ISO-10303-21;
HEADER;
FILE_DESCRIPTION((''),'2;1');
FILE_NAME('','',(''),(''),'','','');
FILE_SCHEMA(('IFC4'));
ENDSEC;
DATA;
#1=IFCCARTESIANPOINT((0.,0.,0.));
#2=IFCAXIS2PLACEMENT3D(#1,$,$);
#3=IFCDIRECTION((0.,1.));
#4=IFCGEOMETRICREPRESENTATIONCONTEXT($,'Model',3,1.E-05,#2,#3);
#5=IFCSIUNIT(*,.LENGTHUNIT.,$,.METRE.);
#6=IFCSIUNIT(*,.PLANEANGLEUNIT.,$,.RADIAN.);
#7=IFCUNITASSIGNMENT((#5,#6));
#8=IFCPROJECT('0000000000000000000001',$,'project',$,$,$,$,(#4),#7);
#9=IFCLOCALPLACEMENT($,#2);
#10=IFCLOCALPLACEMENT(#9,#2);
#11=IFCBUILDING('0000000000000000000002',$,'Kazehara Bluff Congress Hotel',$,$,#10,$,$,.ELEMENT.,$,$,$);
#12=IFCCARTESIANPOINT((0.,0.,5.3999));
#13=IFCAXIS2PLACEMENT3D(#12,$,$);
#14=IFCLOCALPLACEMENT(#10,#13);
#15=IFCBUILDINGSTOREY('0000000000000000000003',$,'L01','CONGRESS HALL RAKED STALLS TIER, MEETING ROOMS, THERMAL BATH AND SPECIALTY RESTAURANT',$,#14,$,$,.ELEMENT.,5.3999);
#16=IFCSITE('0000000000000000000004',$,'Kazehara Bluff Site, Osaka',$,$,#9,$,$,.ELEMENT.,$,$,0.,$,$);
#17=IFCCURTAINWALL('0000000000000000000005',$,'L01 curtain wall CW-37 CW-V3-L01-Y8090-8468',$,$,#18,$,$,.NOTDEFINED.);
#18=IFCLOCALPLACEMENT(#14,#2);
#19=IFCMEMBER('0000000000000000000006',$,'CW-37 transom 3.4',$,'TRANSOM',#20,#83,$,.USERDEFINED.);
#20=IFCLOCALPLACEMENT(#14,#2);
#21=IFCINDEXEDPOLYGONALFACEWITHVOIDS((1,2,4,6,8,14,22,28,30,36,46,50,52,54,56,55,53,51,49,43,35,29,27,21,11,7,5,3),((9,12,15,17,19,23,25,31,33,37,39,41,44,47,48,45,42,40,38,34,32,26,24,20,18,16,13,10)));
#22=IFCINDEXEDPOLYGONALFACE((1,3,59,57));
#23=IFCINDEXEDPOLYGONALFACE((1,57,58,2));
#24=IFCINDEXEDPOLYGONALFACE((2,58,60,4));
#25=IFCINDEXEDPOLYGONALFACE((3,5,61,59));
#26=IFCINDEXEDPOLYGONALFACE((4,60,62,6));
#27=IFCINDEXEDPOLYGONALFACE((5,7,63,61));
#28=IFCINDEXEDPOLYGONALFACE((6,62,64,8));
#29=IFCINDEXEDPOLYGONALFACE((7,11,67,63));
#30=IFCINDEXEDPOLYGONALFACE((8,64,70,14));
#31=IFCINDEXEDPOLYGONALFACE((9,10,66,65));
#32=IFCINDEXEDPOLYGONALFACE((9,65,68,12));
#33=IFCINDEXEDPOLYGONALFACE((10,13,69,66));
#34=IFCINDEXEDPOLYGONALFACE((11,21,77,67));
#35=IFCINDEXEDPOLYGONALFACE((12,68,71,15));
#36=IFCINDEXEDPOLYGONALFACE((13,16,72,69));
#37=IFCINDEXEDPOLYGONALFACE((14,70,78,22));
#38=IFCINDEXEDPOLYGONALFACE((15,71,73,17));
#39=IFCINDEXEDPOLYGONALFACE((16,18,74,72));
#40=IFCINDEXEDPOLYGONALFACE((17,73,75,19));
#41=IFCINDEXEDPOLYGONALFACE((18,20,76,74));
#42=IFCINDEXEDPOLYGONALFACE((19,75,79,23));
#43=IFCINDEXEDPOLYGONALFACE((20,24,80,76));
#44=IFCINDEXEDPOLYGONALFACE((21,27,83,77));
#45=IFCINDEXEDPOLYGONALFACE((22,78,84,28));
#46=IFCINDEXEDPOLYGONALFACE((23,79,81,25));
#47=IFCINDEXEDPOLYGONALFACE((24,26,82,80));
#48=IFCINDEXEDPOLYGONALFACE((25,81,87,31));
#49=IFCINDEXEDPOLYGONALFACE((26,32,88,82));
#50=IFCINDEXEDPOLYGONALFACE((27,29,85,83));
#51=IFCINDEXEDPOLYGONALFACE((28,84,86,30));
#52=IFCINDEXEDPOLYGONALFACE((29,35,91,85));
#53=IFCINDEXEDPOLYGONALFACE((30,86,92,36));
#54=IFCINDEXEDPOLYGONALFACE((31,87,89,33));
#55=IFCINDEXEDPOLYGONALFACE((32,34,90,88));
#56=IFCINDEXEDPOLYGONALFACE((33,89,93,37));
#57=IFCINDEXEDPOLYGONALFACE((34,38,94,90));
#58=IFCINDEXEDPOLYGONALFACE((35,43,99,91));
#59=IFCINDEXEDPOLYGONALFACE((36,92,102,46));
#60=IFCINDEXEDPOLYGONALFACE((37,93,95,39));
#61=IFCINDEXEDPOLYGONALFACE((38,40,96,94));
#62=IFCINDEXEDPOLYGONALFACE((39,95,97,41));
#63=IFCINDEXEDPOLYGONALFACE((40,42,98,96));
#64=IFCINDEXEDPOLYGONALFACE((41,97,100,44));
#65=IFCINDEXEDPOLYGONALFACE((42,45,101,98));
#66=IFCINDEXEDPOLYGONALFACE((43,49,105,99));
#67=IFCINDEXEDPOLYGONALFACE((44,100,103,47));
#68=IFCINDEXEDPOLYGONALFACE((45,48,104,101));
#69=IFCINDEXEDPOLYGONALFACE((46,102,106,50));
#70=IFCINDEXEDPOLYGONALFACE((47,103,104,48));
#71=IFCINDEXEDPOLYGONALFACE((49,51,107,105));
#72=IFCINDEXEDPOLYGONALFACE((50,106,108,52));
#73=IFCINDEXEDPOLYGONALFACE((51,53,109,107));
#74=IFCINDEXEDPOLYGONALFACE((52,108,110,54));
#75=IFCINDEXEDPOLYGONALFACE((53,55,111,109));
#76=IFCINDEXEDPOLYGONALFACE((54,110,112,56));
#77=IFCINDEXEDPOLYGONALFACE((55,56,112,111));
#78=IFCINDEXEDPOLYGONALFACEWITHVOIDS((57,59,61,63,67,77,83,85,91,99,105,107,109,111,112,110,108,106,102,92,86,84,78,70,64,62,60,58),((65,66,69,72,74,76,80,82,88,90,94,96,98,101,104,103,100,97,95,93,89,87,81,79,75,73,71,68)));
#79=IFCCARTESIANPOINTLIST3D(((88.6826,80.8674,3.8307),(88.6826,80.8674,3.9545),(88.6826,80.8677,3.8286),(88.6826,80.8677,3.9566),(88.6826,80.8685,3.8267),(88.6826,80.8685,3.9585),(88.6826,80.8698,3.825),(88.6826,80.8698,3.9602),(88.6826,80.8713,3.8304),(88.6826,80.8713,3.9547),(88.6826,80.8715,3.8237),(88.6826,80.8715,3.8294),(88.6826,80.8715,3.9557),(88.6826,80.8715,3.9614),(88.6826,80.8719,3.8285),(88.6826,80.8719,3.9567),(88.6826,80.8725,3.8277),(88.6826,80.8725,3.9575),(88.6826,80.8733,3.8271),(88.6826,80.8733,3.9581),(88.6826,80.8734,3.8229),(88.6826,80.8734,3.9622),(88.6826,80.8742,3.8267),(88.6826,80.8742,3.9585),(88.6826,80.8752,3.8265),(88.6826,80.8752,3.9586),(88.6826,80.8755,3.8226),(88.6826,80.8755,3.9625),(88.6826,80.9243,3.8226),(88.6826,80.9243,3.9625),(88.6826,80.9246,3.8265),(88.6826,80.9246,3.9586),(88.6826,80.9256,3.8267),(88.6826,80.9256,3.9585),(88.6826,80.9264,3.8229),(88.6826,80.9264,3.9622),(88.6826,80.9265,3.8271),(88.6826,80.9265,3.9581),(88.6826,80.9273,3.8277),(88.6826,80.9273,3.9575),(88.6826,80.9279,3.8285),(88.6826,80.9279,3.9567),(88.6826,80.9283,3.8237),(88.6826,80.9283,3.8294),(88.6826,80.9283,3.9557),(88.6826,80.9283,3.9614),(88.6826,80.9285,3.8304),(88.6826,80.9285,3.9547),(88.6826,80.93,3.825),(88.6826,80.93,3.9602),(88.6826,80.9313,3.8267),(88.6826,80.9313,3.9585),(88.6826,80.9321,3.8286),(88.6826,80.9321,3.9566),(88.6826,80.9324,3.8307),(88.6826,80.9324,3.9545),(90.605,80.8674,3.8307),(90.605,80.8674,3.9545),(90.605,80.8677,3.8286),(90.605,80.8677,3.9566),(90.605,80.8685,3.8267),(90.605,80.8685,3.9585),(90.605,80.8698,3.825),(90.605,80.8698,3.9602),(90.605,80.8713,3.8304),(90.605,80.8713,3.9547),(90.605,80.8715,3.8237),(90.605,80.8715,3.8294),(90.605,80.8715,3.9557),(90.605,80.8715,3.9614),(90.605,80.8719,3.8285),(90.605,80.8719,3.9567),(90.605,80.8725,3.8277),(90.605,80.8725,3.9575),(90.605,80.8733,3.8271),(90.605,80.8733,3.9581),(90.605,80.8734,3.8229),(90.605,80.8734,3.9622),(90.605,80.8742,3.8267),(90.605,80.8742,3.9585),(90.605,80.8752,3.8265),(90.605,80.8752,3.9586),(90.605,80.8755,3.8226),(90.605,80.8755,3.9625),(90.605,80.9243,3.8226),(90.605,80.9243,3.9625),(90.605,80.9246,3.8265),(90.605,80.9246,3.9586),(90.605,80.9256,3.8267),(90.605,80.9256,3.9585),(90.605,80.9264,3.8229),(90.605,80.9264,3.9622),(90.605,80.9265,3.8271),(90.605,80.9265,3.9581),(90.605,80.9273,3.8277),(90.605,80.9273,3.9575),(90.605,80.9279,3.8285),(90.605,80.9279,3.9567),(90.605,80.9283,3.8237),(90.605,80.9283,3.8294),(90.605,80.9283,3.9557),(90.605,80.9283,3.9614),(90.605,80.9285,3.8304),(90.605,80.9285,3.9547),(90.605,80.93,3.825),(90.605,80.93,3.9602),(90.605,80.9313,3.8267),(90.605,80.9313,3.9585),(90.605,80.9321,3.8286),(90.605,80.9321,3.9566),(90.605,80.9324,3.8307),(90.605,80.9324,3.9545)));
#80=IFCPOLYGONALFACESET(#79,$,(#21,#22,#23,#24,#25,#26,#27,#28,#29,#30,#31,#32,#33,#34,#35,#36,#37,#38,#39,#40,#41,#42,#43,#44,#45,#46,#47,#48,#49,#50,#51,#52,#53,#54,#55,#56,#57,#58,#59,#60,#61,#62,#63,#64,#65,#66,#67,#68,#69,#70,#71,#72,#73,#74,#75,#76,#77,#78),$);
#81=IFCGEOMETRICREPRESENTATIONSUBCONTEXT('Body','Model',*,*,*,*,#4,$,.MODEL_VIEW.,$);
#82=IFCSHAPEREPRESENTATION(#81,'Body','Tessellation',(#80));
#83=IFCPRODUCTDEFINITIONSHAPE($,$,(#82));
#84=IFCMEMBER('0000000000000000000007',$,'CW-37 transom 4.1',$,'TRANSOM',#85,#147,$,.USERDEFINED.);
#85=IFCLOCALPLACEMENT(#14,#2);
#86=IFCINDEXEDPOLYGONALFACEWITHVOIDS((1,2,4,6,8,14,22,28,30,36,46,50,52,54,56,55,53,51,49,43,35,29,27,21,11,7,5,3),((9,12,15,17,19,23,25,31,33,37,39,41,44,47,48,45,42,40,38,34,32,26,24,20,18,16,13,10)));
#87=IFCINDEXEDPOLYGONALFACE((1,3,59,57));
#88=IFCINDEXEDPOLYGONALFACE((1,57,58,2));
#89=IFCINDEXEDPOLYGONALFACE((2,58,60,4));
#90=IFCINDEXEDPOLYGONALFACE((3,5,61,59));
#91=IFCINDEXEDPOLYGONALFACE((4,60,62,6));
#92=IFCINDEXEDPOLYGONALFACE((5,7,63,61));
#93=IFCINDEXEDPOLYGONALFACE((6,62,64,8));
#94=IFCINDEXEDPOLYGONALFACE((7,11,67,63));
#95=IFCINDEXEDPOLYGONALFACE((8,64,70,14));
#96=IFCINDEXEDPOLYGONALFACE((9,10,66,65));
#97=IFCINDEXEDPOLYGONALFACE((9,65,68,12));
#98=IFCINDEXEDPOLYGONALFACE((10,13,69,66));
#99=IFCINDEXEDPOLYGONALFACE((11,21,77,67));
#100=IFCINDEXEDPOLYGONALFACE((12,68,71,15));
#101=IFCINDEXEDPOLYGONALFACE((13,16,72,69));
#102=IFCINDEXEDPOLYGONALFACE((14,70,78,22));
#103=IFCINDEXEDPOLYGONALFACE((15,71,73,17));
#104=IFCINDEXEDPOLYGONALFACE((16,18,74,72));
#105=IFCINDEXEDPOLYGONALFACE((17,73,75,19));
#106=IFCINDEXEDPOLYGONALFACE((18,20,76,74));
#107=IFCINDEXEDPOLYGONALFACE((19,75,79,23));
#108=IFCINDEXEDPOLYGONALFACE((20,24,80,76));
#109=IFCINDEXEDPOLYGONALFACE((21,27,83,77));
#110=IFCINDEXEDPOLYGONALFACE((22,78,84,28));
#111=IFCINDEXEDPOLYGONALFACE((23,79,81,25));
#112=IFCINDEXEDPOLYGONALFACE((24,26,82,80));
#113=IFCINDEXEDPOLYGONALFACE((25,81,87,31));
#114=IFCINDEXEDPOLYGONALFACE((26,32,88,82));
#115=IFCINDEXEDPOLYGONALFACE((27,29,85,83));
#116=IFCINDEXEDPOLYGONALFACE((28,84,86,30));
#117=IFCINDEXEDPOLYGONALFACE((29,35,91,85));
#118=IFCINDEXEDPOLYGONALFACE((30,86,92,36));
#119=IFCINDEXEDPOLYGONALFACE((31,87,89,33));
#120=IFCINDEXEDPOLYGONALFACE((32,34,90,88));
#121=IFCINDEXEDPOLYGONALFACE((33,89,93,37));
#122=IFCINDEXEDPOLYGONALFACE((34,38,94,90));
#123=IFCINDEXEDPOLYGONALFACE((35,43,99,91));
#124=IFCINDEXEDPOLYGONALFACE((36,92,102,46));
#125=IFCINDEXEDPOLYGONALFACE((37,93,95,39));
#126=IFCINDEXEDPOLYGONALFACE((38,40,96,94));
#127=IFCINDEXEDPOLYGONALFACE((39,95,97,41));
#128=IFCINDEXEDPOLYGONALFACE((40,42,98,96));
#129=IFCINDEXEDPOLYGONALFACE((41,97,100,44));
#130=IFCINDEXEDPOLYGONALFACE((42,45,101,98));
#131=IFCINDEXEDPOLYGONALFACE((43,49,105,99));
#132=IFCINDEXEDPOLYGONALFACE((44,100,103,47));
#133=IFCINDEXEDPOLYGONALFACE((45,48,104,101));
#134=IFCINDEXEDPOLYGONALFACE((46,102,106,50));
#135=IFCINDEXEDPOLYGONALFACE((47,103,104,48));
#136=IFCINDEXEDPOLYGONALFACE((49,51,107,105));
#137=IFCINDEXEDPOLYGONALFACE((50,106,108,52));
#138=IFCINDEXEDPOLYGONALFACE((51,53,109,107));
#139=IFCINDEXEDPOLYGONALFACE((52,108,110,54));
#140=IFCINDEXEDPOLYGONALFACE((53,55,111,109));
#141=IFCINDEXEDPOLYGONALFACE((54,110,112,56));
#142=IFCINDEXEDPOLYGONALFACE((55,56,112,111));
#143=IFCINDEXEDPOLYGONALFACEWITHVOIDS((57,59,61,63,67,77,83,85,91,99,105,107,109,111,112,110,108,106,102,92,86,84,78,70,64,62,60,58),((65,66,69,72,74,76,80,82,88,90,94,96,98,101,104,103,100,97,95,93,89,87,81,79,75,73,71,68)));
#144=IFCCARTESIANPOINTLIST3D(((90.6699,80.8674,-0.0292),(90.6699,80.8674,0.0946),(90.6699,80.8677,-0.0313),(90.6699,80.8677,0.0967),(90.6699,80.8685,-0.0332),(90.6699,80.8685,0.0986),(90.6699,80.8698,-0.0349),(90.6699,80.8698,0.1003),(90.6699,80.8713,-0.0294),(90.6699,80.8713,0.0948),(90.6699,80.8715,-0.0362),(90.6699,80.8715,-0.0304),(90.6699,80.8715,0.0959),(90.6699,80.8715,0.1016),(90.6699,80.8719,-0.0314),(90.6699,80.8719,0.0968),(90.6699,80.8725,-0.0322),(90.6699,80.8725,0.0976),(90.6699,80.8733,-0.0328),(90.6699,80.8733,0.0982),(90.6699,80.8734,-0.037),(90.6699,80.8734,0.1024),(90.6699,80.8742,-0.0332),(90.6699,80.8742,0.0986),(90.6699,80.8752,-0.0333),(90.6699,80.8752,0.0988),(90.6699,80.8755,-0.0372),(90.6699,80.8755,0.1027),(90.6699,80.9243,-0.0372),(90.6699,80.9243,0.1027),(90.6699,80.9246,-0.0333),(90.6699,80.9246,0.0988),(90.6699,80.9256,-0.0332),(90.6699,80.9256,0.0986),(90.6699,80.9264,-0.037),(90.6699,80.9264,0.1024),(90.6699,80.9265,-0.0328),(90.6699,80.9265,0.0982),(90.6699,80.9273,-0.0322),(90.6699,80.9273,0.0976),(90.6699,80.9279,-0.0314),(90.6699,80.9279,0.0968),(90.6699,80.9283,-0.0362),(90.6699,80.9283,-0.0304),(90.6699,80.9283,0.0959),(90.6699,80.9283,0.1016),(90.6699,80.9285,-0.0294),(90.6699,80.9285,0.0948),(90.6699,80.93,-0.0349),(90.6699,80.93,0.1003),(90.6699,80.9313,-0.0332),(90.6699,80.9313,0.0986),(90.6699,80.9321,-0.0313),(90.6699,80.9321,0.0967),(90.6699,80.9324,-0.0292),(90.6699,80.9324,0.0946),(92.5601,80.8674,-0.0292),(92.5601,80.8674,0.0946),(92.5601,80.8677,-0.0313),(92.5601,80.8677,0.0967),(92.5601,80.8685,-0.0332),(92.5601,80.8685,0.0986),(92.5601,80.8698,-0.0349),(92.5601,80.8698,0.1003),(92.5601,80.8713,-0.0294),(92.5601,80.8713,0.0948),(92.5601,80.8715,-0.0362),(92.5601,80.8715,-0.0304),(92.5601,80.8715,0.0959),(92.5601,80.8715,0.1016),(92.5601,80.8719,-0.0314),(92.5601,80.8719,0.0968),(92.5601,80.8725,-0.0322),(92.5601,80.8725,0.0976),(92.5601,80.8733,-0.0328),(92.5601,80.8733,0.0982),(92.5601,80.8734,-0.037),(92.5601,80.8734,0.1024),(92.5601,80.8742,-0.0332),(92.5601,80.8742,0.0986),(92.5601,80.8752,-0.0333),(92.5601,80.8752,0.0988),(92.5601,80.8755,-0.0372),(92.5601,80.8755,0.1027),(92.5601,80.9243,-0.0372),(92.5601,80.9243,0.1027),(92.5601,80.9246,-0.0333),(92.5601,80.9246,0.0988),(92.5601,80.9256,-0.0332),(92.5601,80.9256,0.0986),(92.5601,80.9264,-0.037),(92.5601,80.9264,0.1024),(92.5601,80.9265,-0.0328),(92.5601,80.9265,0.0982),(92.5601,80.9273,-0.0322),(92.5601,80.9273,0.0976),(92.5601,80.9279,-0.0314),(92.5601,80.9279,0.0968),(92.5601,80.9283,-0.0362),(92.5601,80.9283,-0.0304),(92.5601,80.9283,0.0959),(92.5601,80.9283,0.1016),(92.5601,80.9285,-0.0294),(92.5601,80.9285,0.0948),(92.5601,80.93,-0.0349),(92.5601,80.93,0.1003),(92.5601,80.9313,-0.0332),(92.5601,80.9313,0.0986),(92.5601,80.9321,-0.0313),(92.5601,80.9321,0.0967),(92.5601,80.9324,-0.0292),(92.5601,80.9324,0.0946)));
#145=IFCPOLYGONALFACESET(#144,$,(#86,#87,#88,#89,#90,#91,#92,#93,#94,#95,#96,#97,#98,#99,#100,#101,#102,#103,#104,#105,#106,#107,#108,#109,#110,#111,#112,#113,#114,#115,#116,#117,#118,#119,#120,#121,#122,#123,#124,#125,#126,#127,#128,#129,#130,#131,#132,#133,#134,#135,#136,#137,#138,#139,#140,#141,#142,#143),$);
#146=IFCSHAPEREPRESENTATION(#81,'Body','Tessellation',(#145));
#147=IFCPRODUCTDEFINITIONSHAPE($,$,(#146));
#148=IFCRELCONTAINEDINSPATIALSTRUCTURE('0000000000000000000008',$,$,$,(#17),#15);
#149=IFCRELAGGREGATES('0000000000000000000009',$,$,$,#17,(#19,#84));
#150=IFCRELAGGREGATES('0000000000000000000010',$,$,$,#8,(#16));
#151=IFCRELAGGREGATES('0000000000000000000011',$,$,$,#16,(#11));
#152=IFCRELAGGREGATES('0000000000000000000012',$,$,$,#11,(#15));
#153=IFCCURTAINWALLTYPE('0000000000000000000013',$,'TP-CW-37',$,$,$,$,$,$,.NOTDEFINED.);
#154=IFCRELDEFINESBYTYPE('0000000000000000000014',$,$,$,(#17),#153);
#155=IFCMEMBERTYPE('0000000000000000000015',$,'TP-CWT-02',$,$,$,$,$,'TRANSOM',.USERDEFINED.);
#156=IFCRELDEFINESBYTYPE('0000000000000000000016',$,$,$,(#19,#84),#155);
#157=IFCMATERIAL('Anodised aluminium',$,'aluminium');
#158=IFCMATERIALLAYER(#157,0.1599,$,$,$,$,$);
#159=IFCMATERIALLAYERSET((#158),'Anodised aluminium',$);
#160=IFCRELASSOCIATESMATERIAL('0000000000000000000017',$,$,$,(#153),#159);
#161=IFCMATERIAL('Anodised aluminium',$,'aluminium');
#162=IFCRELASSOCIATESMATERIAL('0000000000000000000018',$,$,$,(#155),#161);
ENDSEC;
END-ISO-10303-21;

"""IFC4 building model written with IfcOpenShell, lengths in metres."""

from ifc_helpers import new_model, si_unit, direction, frame, origin, origin_2d, place, context, subcontext, project, spatial, hollow_rectangle, extrude, material, layer, layer_set, material_profile, profile_set, type_object, element, aggregate, save


model = new_model("IFC4")

# Units and contexts
model_context = context("Model", 3, precision=1e-05, world=origin(), true_north=direction((0.0, 1.0)))
body_context = subcontext(model_context, "Body", "Model", "MODEL_VIEW")
ifc_project = project(units=[si_unit("LENGTHUNIT", "METRE"), si_unit("PLANEANGLEUNIT", "RADIAN")], contexts=[model_context])

# Site, building, storey
site_placement = place(None, origin())
site = spatial("IfcSite", under=ifc_project, at=site_placement, Name="Kazehara Bluff Site, Osaka", CompositionType="ELEMENT", RefElevation=0.0)
building_placement = place(site_placement, origin())
building = spatial("IfcBuilding", under=site, at=building_placement, Name="Kazehara Bluff Congress Hotel", CompositionType="ELEMENT")
storey_placement = place(building_placement, frame((0.0, 0.0, 5.3999)))
storey = spatial("IfcBuildingStorey", under=building, at=storey_placement, Name="L01", Description="CONGRESS HALL RAKED STALLS TIER, MEETING ROOMS, THERMAL BATH AND SPECIALTY RESTAURANT", CompositionType="ELEMENT", Elevation=5.3999)

# Curtain wall
ifc_material_1 = material(Name="Anodised aluminium", Category="aluminium")
ifc_layer_1 = layer(ifc_material_1, 0.1599)
ifc_layer_set_1 = layer_set([ifc_layer_1], Name="Anodised aluminium")
curtain_wall_type = type_object("IfcCurtainWallType", Name="TP-CW-37", PredefinedType="NOTDEFINED", material=ifc_layer_set_1)
curtain_wall_1_placement = place(storey_placement, origin())
curtain_wall_1 = element("IfcCurtainWall", 1, at=curtain_wall_1_placement, inside=storey, type_object=curtain_wall_type, Name="L01 curtain wall CW-37 CW-V3-L01-Y8090-8468", PredefinedType="NOTDEFINED")

# Members
ifc_material_2 = material(Name="Anodised aluminium", Category="aluminium")
ifc_material_profile_1 = material_profile(ifc_material_2, hollow_rectangle(XDim=0.0649, YDim=0.1399, WallThickness=0.0039, InnerFilletRadius=0.0039, OuterFilletRadius=0.0081, at=origin_2d()))
ifc_profile_set_1 = profile_set([ifc_material_profile_1], Name="Anodised aluminium")
member_type_1 = type_object("IfcMemberType", Name="TP-CWT-02", ElementType="TRANSOM", PredefinedType="USERDEFINED", material=ifc_profile_set_1)
member_1_placement = place(storey_placement, frame((88.6826, 80.8999, 3.8926), z_axis=(1.0, 0.0, 0.0), x_axis=(0.0, 1.0, 0.0)))
member_1 = element("IfcMember", 2, at=member_1_placement, type_object=member_type_1, Name="CW-37 transom 3.4", ObjectType="TRANSOM", PredefinedType="USERDEFINED", context=body_context, shape_type="SweptSolid", body=[
    extrude(hollow_rectangle(XDim=0.0649, YDim=0.1399, WallThickness=0.0039, InnerFilletRadius=0.0039, OuterFilletRadius=0.0081, at=origin_2d()), origin(), (0.0, 0.0, 1.0), 1.9224),
])
member_2_placement = place(storey_placement, frame((90.6699, 80.8999, 0.0327), z_axis=(1.0, 0.0, 0.0), x_axis=(0.0, 1.0, 0.0)))
member_2 = element("IfcMember", 3, at=member_2_placement, type_object=member_type_1, Name="CW-37 transom 4.1", ObjectType="TRANSOM", PredefinedType="USERDEFINED", context=body_context, shape_type="SweptSolid", body=[
    extrude(hollow_rectangle(XDim=0.0649, YDim=0.1399, WallThickness=0.0039, InnerFilletRadius=0.0039, OuterFilletRadius=0.0081, at=origin_2d()), origin(), (0.0, 0.0, 1.0), 1.8901),
])

aggregate(curtain_wall_1, [member_1, member_2])

save(model, "model.ifc")
